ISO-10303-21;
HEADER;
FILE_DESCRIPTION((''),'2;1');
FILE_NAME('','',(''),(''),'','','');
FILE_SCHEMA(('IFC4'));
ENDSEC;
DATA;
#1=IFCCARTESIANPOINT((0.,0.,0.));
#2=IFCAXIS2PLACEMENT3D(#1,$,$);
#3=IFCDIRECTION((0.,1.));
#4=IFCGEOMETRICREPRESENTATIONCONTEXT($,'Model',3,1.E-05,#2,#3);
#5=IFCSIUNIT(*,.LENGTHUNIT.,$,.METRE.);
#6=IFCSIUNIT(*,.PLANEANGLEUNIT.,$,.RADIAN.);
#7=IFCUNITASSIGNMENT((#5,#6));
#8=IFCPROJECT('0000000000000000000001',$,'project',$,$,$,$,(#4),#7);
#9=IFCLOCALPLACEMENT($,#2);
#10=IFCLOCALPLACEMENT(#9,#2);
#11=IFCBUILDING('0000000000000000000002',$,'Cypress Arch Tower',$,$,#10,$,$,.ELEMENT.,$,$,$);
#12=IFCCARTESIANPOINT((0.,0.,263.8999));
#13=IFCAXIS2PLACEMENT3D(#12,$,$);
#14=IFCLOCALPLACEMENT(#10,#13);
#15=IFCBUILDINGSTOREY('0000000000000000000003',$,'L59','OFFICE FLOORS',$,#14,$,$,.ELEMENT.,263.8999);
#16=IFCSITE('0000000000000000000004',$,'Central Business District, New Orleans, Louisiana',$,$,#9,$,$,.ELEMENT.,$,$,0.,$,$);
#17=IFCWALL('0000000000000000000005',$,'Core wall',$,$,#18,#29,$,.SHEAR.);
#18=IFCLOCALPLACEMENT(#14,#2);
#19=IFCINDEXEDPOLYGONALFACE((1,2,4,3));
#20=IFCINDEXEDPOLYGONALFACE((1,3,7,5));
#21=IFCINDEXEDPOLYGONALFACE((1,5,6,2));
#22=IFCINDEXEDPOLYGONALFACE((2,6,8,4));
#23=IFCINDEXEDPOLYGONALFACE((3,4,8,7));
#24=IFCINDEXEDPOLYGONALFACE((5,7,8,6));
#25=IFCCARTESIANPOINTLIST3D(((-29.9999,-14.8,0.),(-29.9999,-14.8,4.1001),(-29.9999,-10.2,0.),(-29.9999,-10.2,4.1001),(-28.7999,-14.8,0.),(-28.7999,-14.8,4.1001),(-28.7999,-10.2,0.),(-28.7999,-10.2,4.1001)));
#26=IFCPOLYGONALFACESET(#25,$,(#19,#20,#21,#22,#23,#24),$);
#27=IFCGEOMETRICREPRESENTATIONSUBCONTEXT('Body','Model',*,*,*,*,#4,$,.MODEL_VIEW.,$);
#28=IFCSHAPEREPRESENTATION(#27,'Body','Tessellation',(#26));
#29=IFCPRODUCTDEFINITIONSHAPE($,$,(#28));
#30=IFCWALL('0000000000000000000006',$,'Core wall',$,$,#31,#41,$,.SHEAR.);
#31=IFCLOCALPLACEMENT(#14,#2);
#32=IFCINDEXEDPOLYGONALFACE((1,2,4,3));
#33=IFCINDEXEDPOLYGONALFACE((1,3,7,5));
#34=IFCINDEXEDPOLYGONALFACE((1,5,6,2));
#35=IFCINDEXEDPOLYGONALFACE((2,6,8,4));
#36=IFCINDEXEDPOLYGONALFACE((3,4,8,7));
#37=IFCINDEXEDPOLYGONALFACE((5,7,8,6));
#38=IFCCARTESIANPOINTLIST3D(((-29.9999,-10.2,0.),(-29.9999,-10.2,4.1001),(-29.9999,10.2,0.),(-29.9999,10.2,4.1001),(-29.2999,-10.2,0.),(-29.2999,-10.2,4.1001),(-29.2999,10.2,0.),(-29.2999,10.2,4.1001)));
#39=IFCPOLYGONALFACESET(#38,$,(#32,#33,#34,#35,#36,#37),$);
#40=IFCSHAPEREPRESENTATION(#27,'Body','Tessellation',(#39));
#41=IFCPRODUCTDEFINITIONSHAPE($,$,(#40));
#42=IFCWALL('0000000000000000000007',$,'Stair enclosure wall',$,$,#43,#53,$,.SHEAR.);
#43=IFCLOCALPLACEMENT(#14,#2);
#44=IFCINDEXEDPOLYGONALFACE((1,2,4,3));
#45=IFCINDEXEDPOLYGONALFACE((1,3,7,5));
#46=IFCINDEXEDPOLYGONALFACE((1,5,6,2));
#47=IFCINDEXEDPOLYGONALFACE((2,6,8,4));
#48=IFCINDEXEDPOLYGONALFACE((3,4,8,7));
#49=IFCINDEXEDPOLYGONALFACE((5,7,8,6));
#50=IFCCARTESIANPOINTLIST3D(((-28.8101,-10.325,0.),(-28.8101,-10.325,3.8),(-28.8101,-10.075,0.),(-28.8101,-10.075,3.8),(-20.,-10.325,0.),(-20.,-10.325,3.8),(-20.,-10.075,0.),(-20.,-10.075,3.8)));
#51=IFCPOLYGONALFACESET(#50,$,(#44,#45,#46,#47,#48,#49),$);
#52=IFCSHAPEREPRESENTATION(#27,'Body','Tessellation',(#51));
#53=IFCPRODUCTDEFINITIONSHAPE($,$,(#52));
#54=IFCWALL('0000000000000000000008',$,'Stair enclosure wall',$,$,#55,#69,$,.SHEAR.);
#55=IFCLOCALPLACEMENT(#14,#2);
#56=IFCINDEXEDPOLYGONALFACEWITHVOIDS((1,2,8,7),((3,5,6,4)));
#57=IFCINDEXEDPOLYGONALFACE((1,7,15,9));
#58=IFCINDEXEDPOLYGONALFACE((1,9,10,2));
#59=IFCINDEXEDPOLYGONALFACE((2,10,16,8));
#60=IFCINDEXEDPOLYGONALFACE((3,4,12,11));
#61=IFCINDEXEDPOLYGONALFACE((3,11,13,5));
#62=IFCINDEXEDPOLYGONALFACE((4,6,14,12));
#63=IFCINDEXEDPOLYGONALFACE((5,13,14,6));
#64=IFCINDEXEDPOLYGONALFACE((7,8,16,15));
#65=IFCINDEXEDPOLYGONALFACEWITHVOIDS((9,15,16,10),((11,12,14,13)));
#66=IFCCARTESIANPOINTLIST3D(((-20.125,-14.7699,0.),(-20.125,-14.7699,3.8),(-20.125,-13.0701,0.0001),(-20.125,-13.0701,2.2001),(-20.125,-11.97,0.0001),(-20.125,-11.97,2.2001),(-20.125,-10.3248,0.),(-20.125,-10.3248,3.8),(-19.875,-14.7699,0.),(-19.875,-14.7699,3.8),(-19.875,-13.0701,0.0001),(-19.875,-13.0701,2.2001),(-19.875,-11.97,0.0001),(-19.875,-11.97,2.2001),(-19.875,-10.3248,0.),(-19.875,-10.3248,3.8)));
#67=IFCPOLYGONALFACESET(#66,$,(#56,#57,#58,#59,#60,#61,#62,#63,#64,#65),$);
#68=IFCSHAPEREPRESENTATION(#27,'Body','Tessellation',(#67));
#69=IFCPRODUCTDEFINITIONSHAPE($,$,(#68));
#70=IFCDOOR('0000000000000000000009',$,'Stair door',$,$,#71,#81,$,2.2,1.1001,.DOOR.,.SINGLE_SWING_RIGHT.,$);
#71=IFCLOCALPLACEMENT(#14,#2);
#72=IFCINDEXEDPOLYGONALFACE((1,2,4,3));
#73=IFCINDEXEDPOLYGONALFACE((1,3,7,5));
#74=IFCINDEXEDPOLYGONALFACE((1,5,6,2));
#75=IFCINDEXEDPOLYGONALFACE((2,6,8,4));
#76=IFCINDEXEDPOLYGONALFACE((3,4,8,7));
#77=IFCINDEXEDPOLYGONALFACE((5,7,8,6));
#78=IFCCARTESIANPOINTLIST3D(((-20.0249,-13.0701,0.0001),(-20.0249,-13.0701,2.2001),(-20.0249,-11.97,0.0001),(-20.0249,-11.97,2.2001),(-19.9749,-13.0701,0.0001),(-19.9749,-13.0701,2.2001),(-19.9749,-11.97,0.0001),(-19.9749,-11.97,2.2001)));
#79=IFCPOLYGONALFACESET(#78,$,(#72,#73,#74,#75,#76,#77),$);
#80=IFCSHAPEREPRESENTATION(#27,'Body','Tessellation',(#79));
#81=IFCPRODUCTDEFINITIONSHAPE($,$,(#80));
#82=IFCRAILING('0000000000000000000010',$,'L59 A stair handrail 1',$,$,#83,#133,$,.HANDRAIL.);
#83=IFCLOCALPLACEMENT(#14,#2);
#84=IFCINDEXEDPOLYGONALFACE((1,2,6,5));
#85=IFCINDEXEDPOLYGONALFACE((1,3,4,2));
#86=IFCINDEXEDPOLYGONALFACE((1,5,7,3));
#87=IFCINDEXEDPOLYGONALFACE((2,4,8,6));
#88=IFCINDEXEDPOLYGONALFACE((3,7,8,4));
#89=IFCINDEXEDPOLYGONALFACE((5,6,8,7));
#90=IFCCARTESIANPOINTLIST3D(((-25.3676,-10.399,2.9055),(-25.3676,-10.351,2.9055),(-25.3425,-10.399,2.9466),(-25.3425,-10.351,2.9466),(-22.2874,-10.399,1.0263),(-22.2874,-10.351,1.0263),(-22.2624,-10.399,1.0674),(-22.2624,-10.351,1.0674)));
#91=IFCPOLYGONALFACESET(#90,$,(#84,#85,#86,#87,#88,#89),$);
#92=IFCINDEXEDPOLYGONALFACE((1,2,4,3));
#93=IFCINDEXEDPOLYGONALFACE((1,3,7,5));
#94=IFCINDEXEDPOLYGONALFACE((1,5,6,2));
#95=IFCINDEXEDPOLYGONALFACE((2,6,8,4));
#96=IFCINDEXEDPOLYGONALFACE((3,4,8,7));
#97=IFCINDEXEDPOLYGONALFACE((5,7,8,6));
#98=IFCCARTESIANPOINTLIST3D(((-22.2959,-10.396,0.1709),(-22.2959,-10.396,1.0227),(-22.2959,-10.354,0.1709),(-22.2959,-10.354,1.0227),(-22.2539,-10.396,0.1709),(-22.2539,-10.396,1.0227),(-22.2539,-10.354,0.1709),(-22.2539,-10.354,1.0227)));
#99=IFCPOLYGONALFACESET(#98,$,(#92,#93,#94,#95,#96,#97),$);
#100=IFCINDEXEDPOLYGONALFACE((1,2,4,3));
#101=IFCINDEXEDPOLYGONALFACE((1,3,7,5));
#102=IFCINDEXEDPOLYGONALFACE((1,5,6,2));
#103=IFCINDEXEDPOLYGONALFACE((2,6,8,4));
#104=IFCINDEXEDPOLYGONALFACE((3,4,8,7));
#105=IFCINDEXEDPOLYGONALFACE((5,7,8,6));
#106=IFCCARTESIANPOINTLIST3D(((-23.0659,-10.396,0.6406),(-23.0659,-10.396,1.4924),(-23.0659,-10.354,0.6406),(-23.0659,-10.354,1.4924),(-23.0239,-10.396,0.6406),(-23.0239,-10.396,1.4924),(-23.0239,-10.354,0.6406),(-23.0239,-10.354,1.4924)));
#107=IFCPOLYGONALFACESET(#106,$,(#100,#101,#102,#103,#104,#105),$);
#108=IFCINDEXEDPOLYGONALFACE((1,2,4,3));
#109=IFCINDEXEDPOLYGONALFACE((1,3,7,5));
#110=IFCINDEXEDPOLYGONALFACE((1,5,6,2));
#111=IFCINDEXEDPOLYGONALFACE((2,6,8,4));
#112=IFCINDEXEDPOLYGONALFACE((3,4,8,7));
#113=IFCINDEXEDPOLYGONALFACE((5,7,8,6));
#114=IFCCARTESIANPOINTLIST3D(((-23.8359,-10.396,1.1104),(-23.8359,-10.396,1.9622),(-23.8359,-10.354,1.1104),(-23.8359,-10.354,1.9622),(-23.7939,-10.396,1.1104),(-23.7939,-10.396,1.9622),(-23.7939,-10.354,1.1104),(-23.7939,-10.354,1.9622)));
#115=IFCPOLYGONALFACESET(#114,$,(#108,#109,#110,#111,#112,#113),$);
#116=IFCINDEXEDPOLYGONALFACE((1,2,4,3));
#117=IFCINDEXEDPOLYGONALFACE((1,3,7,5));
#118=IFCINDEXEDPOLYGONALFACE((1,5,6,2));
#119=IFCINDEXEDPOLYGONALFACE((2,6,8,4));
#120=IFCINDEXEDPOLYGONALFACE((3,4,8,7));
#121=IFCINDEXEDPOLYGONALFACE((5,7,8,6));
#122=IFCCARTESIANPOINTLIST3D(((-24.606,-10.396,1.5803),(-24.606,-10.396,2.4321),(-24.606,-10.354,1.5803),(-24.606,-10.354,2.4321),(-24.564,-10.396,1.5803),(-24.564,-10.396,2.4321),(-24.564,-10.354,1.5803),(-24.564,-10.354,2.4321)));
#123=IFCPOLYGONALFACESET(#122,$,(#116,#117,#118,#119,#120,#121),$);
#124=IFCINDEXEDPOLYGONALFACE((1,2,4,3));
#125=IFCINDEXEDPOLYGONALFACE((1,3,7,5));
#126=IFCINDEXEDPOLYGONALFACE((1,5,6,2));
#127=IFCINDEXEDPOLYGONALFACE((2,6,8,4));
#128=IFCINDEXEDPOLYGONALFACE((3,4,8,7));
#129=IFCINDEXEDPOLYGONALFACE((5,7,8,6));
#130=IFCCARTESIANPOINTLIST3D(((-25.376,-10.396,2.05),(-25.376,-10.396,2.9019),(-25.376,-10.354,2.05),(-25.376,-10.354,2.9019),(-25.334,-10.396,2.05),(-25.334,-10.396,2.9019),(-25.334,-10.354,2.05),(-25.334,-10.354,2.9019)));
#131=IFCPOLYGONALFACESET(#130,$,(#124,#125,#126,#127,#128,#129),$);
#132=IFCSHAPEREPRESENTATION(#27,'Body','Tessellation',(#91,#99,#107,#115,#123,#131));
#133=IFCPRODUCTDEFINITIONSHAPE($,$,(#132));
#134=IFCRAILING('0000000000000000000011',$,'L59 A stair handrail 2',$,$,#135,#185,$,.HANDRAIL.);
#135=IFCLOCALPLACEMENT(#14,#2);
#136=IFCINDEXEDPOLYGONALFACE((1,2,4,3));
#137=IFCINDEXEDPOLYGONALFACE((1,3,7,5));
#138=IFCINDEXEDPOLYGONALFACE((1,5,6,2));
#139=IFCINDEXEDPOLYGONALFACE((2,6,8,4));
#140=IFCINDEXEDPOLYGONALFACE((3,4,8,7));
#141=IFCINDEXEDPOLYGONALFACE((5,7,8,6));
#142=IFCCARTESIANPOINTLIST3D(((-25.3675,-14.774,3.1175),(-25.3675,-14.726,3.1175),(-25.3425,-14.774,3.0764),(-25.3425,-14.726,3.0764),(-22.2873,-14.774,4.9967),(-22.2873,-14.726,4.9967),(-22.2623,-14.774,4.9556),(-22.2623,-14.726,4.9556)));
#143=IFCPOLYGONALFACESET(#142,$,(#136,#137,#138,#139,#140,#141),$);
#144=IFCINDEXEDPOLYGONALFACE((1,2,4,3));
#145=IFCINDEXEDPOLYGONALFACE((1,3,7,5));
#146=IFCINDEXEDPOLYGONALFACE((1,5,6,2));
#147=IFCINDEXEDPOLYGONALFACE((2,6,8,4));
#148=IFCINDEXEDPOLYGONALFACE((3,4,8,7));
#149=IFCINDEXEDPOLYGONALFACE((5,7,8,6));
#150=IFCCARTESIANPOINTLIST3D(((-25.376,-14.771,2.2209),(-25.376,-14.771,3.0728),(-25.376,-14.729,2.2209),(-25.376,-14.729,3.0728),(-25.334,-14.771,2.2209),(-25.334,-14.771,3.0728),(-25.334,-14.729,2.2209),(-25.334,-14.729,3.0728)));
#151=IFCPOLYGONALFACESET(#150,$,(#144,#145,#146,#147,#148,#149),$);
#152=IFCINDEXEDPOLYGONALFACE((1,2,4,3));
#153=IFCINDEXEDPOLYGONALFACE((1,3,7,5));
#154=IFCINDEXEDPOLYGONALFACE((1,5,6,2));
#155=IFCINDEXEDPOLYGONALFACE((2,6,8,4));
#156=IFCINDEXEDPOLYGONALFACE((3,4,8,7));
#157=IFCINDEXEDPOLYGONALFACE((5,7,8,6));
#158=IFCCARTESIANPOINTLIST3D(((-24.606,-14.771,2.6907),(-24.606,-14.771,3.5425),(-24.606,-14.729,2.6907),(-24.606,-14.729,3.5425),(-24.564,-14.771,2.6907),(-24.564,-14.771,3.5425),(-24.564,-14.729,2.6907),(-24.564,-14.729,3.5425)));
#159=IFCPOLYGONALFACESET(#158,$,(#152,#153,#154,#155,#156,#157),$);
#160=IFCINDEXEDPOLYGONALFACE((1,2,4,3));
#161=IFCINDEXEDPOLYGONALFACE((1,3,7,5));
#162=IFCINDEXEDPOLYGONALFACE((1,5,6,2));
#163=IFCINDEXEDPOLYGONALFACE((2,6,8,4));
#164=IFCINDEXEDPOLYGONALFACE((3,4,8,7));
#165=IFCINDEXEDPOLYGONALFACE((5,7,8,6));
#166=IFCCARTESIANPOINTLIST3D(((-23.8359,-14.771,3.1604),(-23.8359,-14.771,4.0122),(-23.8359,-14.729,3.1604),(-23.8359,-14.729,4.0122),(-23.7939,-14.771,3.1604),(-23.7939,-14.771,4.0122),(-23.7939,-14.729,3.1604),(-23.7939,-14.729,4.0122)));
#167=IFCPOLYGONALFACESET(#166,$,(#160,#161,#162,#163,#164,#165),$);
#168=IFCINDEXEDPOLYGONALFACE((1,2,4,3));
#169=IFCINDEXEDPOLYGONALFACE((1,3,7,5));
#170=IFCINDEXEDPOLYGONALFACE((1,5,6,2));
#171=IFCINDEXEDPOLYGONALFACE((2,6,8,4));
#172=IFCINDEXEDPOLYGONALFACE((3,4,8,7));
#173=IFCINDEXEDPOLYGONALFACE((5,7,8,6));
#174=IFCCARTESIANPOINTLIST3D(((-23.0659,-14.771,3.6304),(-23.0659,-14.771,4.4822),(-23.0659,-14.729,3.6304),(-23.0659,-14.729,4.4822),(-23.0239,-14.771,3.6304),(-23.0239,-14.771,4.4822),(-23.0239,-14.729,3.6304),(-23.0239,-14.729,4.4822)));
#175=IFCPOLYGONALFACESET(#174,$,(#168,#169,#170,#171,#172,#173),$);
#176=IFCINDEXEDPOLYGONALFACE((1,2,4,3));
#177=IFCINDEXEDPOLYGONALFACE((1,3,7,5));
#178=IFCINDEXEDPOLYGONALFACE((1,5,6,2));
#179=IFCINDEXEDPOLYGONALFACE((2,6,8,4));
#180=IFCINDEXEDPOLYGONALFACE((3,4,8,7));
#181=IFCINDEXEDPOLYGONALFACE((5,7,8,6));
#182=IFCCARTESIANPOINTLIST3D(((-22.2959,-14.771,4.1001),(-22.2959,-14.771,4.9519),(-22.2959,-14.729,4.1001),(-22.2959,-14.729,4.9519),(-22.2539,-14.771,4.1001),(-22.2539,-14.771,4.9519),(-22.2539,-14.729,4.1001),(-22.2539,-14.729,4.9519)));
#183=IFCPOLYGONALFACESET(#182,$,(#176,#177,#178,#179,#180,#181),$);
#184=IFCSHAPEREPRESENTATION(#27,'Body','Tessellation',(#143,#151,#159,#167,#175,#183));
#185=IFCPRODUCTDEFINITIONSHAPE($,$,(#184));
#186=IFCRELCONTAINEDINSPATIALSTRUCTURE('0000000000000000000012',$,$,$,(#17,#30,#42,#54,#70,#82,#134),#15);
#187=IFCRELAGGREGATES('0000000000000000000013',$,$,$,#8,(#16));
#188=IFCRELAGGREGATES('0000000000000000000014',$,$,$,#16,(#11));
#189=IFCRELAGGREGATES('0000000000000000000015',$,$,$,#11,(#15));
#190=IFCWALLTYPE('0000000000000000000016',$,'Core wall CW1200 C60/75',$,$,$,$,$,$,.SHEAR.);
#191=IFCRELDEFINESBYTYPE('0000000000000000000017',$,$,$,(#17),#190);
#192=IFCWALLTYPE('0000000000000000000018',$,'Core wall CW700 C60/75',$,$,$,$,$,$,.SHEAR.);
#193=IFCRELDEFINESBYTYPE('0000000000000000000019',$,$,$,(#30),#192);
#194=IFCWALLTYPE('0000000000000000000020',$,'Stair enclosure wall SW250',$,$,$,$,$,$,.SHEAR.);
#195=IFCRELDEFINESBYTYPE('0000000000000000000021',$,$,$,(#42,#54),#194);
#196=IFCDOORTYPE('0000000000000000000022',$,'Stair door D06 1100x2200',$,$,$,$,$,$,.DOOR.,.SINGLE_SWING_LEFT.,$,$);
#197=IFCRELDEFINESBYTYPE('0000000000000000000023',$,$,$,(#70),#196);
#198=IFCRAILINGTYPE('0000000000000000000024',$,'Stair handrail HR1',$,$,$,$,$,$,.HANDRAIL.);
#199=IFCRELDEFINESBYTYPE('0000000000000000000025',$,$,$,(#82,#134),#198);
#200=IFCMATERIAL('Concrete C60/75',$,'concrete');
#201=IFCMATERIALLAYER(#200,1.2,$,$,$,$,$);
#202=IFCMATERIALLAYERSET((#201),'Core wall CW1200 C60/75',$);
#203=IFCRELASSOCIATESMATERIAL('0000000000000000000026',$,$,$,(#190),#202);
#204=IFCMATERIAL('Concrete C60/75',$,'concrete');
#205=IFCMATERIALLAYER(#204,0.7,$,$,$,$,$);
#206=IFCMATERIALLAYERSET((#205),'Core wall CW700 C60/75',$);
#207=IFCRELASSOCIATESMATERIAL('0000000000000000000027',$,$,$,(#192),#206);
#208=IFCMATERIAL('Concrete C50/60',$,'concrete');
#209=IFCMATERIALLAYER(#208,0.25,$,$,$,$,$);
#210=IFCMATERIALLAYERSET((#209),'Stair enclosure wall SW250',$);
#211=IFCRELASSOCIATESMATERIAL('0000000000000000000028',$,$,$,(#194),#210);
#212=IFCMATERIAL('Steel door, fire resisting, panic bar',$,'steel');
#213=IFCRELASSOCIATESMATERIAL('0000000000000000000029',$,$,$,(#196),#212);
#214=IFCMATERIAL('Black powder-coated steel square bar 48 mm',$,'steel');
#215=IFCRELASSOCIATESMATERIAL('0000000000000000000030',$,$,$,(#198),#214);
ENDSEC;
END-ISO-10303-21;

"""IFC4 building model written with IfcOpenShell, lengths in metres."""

from ifc_helpers import new_model, si_unit, direction, frame, frame_2d, origin, origin_2d, place, context, subcontext, project, spatial, rectangle, extrude, material, layer, layer_set, type_object, element, fill, save


model = new_model("IFC4")

# Units and contexts
model_context = context("Model", 3, precision=1e-05, world=origin(), true_north=direction((0.0, 1.0)))
body_context = subcontext(model_context, "Body", "Model", "MODEL_VIEW")
ifc_project = project(units=[si_unit("LENGTHUNIT", "METRE"), si_unit("PLANEANGLEUNIT", "RADIAN")], contexts=[model_context])

# Site, building, storey
site_placement = place(None, origin())
site = spatial("IfcSite", under=ifc_project, at=site_placement, Name="Central Business District, New Orleans, Louisiana", CompositionType="ELEMENT", RefElevation=0.0)
building_placement = place(site_placement, origin())
building = spatial("IfcBuilding", under=site, at=building_placement, Name="Cypress Arch Tower", CompositionType="ELEMENT")
storey_placement = place(building_placement, frame((0.0, 0.0, 263.8999)))
storey = spatial("IfcBuildingStorey", under=building, at=storey_placement, Name="L59", Description="OFFICE FLOORS", CompositionType="ELEMENT", Elevation=263.8999)

# Walls
ifc_material_1 = material(Name="Concrete C60/75", Category="concrete")
ifc_layer_1 = layer(ifc_material_1, 1.2)
ifc_layer_set_1 = layer_set([ifc_layer_1], Name="Core wall CW1200 C60/75")
wall_type_1 = type_object("IfcWallType", Name="Core wall CW1200 C60/75", PredefinedType="SHEAR", material=ifc_layer_set_1)
wall_1_placement = place(storey_placement, frame((-29.3999, -14.8, 0.0), z_axis=(0.0, 0.0, 1.0), x_axis=(0.0, 1.0, 0.0)))
element("IfcWall", 1, at=wall_1_placement, inside=storey, type_object=wall_type_1, Name="Core wall", PredefinedType="SHEAR", context=body_context, shape_type="SweptSolid", body=[
    extrude(rectangle(XDim=4.6001, YDim=1.2, at=frame_2d((2.3, 0.0))), origin(), (0.0, 0.0, 1.0), 4.1001),
])
ifc_material_2 = material(Name="Concrete C60/75", Category="concrete")
ifc_layer_2 = layer(ifc_material_2, 0.7)
ifc_layer_set_2 = layer_set([ifc_layer_2], Name="Core wall CW700 C60/75")
wall_type_2 = type_object("IfcWallType", Name="Core wall CW700 C60/75", PredefinedType="SHEAR", material=ifc_layer_set_2)
wall_2_placement = place(storey_placement, frame((-29.6499, -10.2, 0.0), z_axis=(0.0, 0.0, 1.0), x_axis=(0.0, 1.0, 0.0)))
element("IfcWall", 2, at=wall_2_placement, inside=storey, type_object=wall_type_2, Name="Core wall", PredefinedType="SHEAR", context=body_context, shape_type="SweptSolid", body=[
    extrude(rectangle(XDim=20.3999, YDim=0.7, at=frame_2d((10.2, 0.0))), origin(), (0.0, 0.0, 1.0), 4.1001),
])
ifc_material_3 = material(Name="Concrete C50/60", Category="concrete")
ifc_layer_3 = layer(ifc_material_3, 0.25)
ifc_layer_set_3 = layer_set([ifc_layer_3], Name="Stair enclosure wall SW250")
wall_type_3 = type_object("IfcWallType", Name="Stair enclosure wall SW250", PredefinedType="SHEAR", material=ifc_layer_set_3)
wall_3_placement = place(storey_placement, frame((-28.8101, -10.2, 0.0), z_axis=(0.0, 0.0, 1.0), x_axis=(1.0, 0.0, 0.0)))
element("IfcWall", 3, at=wall_3_placement, inside=storey, type_object=wall_type_3, Name="Stair enclosure wall", PredefinedType="SHEAR", context=body_context, shape_type="SweptSolid", body=[
    extrude(rectangle(XDim=8.8101, YDim=0.25, at=frame_2d((4.405, 0.0))), origin(), (0.0, 0.0, 1.0), 3.8),
])

# Wall, opening, door
wall_4_placement = place(storey_placement, frame((-20.0, -14.77, 0.0), z_axis=(0.0, 0.0, 1.0), x_axis=(0.0, 1.0, 0.0)))
wall_4 = element("IfcWall", 4, at=wall_4_placement, inside=storey, type_object=wall_type_3, Name="Stair enclosure wall", PredefinedType="SHEAR", context=body_context, shape_type="SweptSolid", body=[
    extrude(rectangle(XDim=4.4451, YDim=0.25, at=frame_2d((2.2227, 0.0))), origin(), (0.0, 0.0, 1.0), 3.8),
])
opening_1_placement = place(wall_4_placement, frame((1.7, 0.0, 0.0)))
opening_1 = element("IfcOpeningElement", 5, at=opening_1_placement, cuts=wall_4, PredefinedType="OPENING", context=body_context, shape_type="SweptSolid", body=[
    extrude(rectangle(XDim=1.1001, YDim=2.2, at=frame_2d((0.55, 1.1001))), frame((0.0, 0.135, 0.0), z_axis=(0.0, -1.0, 0.0), x_axis=(1.0, 0.0, 0.0)), (0.0, 0.0, 1.0), 0.27),
])
ifc_material_4 = material(Name="Steel door, fire resisting, panic bar", Category="steel")
door_type = type_object("IfcDoorType", Name="Stair door D06 1100x2200", OperationType="SINGLE_SWING_LEFT", PredefinedType="DOOR", material=ifc_material_4)
door_placement = place(opening_1_placement, origin())
door = element("IfcDoor", 6, at=door_placement, inside=storey, type_object=door_type, Name="Stair door", OperationType="SINGLE_SWING_RIGHT", OverallHeight=2.2, OverallWidth=1.1001, PredefinedType="DOOR", context=body_context, shape_type="SweptSolid", body=[
    extrude(rectangle(XDim=1.1001, YDim=2.2, at=frame_2d((0.55, 1.1001))), frame((0.0, 0.0249, 0.0), z_axis=(0.0, -1.0, 0.0), x_axis=(1.0, 0.0, 0.0)), (0.0, 0.0, 1.0), 0.05),
])
fill(opening_1, door)

# Railings
ifc_material_5 = material(Name="Black powder-coated steel square bar 48 mm", Category="steel")
railing_type_1 = type_object("IfcRailingType", Name="Stair handrail HR1", PredefinedType="HANDRAIL", material=ifc_material_5)
railing_1_placement = place(storey_placement, frame((-22.2749, -10.375, 0.1709)))
element("IfcRailing", 7, at=railing_1_placement, inside=storey, type_object=railing_type_1, Name="L59 A stair handrail 1", PredefinedType="HANDRAIL", context=body_context, shape_type="SweptSolid", body=[
    extrude(rectangle(XDim=0.0481, YDim=0.0481, at=origin_2d()), frame((0.0, 0.0, 0.876), z_axis=(-0.853666, 0.0, 0.52082), x_axis=(0.0, -1.0, 0.0)), (0.0, 0.0, 1.0), 3.6082),
    extrude(rectangle(XDim=0.042, YDim=0.042, at=origin_2d()), origin(), (0.0, 0.0, 1.0), 0.8518),
    extrude(rectangle(XDim=0.042, YDim=0.042, at=origin_2d()), frame((-0.77, 0.0, 0.4697)), (0.0, 0.0, 1.0), 0.8518),
    extrude(rectangle(XDim=0.042, YDim=0.042, at=origin_2d()), frame((-1.54, 0.0, 0.9395)), (0.0, 0.0, 1.0), 0.8518),
    extrude(rectangle(XDim=0.042, YDim=0.042, at=origin_2d()), frame((-2.3101, 0.0, 1.4094)), (0.0, 0.0, 1.0), 0.8518),
    extrude(rectangle(XDim=0.042, YDim=0.042, at=origin_2d()), frame((-3.0801, 0.0, 1.8792)), (0.0, 0.0, 1.0), 0.8518),
])
railing_2_placement = place(storey_placement, frame((-25.355, -14.75, 2.2209)))
element("IfcRailing", 8, at=railing_2_placement, inside=storey, type_object=railing_type_1, Name="L59 A stair handrail 2", PredefinedType="HANDRAIL", context=body_context, shape_type="SweptSolid", body=[
    extrude(rectangle(XDim=0.0481, YDim=0.0481, at=origin_2d()), frame((0.0, 0.0, 0.876), z_axis=(0.853666, 0.0, 0.52082), x_axis=(0.0, 1.0, 0.0)), (0.0, 0.0, 1.0), 3.6082),
    extrude(rectangle(XDim=0.042, YDim=0.042, at=origin_2d()), origin(), (0.0, 0.0, 1.0), 0.8518),
    extrude(rectangle(XDim=0.042, YDim=0.042, at=origin_2d()), frame((0.77, 0.0, 0.4697)), (0.0, 0.0, 1.0), 0.8518),
    extrude(rectangle(XDim=0.042, YDim=0.042, at=origin_2d()), frame((1.54, 0.0, 0.9395)), (0.0, 0.0, 1.0), 0.8518),
    extrude(rectangle(XDim=0.042, YDim=0.042, at=origin_2d()), frame((2.3101, 0.0, 1.4094)), (0.0, 0.0, 1.0), 0.8518),
    extrude(rectangle(XDim=0.042, YDim=0.042, at=origin_2d()), frame((3.0801, 0.0, 1.8792)), (0.0, 0.0, 1.0), 0.8518),
])

save(model, "model.ifc")
